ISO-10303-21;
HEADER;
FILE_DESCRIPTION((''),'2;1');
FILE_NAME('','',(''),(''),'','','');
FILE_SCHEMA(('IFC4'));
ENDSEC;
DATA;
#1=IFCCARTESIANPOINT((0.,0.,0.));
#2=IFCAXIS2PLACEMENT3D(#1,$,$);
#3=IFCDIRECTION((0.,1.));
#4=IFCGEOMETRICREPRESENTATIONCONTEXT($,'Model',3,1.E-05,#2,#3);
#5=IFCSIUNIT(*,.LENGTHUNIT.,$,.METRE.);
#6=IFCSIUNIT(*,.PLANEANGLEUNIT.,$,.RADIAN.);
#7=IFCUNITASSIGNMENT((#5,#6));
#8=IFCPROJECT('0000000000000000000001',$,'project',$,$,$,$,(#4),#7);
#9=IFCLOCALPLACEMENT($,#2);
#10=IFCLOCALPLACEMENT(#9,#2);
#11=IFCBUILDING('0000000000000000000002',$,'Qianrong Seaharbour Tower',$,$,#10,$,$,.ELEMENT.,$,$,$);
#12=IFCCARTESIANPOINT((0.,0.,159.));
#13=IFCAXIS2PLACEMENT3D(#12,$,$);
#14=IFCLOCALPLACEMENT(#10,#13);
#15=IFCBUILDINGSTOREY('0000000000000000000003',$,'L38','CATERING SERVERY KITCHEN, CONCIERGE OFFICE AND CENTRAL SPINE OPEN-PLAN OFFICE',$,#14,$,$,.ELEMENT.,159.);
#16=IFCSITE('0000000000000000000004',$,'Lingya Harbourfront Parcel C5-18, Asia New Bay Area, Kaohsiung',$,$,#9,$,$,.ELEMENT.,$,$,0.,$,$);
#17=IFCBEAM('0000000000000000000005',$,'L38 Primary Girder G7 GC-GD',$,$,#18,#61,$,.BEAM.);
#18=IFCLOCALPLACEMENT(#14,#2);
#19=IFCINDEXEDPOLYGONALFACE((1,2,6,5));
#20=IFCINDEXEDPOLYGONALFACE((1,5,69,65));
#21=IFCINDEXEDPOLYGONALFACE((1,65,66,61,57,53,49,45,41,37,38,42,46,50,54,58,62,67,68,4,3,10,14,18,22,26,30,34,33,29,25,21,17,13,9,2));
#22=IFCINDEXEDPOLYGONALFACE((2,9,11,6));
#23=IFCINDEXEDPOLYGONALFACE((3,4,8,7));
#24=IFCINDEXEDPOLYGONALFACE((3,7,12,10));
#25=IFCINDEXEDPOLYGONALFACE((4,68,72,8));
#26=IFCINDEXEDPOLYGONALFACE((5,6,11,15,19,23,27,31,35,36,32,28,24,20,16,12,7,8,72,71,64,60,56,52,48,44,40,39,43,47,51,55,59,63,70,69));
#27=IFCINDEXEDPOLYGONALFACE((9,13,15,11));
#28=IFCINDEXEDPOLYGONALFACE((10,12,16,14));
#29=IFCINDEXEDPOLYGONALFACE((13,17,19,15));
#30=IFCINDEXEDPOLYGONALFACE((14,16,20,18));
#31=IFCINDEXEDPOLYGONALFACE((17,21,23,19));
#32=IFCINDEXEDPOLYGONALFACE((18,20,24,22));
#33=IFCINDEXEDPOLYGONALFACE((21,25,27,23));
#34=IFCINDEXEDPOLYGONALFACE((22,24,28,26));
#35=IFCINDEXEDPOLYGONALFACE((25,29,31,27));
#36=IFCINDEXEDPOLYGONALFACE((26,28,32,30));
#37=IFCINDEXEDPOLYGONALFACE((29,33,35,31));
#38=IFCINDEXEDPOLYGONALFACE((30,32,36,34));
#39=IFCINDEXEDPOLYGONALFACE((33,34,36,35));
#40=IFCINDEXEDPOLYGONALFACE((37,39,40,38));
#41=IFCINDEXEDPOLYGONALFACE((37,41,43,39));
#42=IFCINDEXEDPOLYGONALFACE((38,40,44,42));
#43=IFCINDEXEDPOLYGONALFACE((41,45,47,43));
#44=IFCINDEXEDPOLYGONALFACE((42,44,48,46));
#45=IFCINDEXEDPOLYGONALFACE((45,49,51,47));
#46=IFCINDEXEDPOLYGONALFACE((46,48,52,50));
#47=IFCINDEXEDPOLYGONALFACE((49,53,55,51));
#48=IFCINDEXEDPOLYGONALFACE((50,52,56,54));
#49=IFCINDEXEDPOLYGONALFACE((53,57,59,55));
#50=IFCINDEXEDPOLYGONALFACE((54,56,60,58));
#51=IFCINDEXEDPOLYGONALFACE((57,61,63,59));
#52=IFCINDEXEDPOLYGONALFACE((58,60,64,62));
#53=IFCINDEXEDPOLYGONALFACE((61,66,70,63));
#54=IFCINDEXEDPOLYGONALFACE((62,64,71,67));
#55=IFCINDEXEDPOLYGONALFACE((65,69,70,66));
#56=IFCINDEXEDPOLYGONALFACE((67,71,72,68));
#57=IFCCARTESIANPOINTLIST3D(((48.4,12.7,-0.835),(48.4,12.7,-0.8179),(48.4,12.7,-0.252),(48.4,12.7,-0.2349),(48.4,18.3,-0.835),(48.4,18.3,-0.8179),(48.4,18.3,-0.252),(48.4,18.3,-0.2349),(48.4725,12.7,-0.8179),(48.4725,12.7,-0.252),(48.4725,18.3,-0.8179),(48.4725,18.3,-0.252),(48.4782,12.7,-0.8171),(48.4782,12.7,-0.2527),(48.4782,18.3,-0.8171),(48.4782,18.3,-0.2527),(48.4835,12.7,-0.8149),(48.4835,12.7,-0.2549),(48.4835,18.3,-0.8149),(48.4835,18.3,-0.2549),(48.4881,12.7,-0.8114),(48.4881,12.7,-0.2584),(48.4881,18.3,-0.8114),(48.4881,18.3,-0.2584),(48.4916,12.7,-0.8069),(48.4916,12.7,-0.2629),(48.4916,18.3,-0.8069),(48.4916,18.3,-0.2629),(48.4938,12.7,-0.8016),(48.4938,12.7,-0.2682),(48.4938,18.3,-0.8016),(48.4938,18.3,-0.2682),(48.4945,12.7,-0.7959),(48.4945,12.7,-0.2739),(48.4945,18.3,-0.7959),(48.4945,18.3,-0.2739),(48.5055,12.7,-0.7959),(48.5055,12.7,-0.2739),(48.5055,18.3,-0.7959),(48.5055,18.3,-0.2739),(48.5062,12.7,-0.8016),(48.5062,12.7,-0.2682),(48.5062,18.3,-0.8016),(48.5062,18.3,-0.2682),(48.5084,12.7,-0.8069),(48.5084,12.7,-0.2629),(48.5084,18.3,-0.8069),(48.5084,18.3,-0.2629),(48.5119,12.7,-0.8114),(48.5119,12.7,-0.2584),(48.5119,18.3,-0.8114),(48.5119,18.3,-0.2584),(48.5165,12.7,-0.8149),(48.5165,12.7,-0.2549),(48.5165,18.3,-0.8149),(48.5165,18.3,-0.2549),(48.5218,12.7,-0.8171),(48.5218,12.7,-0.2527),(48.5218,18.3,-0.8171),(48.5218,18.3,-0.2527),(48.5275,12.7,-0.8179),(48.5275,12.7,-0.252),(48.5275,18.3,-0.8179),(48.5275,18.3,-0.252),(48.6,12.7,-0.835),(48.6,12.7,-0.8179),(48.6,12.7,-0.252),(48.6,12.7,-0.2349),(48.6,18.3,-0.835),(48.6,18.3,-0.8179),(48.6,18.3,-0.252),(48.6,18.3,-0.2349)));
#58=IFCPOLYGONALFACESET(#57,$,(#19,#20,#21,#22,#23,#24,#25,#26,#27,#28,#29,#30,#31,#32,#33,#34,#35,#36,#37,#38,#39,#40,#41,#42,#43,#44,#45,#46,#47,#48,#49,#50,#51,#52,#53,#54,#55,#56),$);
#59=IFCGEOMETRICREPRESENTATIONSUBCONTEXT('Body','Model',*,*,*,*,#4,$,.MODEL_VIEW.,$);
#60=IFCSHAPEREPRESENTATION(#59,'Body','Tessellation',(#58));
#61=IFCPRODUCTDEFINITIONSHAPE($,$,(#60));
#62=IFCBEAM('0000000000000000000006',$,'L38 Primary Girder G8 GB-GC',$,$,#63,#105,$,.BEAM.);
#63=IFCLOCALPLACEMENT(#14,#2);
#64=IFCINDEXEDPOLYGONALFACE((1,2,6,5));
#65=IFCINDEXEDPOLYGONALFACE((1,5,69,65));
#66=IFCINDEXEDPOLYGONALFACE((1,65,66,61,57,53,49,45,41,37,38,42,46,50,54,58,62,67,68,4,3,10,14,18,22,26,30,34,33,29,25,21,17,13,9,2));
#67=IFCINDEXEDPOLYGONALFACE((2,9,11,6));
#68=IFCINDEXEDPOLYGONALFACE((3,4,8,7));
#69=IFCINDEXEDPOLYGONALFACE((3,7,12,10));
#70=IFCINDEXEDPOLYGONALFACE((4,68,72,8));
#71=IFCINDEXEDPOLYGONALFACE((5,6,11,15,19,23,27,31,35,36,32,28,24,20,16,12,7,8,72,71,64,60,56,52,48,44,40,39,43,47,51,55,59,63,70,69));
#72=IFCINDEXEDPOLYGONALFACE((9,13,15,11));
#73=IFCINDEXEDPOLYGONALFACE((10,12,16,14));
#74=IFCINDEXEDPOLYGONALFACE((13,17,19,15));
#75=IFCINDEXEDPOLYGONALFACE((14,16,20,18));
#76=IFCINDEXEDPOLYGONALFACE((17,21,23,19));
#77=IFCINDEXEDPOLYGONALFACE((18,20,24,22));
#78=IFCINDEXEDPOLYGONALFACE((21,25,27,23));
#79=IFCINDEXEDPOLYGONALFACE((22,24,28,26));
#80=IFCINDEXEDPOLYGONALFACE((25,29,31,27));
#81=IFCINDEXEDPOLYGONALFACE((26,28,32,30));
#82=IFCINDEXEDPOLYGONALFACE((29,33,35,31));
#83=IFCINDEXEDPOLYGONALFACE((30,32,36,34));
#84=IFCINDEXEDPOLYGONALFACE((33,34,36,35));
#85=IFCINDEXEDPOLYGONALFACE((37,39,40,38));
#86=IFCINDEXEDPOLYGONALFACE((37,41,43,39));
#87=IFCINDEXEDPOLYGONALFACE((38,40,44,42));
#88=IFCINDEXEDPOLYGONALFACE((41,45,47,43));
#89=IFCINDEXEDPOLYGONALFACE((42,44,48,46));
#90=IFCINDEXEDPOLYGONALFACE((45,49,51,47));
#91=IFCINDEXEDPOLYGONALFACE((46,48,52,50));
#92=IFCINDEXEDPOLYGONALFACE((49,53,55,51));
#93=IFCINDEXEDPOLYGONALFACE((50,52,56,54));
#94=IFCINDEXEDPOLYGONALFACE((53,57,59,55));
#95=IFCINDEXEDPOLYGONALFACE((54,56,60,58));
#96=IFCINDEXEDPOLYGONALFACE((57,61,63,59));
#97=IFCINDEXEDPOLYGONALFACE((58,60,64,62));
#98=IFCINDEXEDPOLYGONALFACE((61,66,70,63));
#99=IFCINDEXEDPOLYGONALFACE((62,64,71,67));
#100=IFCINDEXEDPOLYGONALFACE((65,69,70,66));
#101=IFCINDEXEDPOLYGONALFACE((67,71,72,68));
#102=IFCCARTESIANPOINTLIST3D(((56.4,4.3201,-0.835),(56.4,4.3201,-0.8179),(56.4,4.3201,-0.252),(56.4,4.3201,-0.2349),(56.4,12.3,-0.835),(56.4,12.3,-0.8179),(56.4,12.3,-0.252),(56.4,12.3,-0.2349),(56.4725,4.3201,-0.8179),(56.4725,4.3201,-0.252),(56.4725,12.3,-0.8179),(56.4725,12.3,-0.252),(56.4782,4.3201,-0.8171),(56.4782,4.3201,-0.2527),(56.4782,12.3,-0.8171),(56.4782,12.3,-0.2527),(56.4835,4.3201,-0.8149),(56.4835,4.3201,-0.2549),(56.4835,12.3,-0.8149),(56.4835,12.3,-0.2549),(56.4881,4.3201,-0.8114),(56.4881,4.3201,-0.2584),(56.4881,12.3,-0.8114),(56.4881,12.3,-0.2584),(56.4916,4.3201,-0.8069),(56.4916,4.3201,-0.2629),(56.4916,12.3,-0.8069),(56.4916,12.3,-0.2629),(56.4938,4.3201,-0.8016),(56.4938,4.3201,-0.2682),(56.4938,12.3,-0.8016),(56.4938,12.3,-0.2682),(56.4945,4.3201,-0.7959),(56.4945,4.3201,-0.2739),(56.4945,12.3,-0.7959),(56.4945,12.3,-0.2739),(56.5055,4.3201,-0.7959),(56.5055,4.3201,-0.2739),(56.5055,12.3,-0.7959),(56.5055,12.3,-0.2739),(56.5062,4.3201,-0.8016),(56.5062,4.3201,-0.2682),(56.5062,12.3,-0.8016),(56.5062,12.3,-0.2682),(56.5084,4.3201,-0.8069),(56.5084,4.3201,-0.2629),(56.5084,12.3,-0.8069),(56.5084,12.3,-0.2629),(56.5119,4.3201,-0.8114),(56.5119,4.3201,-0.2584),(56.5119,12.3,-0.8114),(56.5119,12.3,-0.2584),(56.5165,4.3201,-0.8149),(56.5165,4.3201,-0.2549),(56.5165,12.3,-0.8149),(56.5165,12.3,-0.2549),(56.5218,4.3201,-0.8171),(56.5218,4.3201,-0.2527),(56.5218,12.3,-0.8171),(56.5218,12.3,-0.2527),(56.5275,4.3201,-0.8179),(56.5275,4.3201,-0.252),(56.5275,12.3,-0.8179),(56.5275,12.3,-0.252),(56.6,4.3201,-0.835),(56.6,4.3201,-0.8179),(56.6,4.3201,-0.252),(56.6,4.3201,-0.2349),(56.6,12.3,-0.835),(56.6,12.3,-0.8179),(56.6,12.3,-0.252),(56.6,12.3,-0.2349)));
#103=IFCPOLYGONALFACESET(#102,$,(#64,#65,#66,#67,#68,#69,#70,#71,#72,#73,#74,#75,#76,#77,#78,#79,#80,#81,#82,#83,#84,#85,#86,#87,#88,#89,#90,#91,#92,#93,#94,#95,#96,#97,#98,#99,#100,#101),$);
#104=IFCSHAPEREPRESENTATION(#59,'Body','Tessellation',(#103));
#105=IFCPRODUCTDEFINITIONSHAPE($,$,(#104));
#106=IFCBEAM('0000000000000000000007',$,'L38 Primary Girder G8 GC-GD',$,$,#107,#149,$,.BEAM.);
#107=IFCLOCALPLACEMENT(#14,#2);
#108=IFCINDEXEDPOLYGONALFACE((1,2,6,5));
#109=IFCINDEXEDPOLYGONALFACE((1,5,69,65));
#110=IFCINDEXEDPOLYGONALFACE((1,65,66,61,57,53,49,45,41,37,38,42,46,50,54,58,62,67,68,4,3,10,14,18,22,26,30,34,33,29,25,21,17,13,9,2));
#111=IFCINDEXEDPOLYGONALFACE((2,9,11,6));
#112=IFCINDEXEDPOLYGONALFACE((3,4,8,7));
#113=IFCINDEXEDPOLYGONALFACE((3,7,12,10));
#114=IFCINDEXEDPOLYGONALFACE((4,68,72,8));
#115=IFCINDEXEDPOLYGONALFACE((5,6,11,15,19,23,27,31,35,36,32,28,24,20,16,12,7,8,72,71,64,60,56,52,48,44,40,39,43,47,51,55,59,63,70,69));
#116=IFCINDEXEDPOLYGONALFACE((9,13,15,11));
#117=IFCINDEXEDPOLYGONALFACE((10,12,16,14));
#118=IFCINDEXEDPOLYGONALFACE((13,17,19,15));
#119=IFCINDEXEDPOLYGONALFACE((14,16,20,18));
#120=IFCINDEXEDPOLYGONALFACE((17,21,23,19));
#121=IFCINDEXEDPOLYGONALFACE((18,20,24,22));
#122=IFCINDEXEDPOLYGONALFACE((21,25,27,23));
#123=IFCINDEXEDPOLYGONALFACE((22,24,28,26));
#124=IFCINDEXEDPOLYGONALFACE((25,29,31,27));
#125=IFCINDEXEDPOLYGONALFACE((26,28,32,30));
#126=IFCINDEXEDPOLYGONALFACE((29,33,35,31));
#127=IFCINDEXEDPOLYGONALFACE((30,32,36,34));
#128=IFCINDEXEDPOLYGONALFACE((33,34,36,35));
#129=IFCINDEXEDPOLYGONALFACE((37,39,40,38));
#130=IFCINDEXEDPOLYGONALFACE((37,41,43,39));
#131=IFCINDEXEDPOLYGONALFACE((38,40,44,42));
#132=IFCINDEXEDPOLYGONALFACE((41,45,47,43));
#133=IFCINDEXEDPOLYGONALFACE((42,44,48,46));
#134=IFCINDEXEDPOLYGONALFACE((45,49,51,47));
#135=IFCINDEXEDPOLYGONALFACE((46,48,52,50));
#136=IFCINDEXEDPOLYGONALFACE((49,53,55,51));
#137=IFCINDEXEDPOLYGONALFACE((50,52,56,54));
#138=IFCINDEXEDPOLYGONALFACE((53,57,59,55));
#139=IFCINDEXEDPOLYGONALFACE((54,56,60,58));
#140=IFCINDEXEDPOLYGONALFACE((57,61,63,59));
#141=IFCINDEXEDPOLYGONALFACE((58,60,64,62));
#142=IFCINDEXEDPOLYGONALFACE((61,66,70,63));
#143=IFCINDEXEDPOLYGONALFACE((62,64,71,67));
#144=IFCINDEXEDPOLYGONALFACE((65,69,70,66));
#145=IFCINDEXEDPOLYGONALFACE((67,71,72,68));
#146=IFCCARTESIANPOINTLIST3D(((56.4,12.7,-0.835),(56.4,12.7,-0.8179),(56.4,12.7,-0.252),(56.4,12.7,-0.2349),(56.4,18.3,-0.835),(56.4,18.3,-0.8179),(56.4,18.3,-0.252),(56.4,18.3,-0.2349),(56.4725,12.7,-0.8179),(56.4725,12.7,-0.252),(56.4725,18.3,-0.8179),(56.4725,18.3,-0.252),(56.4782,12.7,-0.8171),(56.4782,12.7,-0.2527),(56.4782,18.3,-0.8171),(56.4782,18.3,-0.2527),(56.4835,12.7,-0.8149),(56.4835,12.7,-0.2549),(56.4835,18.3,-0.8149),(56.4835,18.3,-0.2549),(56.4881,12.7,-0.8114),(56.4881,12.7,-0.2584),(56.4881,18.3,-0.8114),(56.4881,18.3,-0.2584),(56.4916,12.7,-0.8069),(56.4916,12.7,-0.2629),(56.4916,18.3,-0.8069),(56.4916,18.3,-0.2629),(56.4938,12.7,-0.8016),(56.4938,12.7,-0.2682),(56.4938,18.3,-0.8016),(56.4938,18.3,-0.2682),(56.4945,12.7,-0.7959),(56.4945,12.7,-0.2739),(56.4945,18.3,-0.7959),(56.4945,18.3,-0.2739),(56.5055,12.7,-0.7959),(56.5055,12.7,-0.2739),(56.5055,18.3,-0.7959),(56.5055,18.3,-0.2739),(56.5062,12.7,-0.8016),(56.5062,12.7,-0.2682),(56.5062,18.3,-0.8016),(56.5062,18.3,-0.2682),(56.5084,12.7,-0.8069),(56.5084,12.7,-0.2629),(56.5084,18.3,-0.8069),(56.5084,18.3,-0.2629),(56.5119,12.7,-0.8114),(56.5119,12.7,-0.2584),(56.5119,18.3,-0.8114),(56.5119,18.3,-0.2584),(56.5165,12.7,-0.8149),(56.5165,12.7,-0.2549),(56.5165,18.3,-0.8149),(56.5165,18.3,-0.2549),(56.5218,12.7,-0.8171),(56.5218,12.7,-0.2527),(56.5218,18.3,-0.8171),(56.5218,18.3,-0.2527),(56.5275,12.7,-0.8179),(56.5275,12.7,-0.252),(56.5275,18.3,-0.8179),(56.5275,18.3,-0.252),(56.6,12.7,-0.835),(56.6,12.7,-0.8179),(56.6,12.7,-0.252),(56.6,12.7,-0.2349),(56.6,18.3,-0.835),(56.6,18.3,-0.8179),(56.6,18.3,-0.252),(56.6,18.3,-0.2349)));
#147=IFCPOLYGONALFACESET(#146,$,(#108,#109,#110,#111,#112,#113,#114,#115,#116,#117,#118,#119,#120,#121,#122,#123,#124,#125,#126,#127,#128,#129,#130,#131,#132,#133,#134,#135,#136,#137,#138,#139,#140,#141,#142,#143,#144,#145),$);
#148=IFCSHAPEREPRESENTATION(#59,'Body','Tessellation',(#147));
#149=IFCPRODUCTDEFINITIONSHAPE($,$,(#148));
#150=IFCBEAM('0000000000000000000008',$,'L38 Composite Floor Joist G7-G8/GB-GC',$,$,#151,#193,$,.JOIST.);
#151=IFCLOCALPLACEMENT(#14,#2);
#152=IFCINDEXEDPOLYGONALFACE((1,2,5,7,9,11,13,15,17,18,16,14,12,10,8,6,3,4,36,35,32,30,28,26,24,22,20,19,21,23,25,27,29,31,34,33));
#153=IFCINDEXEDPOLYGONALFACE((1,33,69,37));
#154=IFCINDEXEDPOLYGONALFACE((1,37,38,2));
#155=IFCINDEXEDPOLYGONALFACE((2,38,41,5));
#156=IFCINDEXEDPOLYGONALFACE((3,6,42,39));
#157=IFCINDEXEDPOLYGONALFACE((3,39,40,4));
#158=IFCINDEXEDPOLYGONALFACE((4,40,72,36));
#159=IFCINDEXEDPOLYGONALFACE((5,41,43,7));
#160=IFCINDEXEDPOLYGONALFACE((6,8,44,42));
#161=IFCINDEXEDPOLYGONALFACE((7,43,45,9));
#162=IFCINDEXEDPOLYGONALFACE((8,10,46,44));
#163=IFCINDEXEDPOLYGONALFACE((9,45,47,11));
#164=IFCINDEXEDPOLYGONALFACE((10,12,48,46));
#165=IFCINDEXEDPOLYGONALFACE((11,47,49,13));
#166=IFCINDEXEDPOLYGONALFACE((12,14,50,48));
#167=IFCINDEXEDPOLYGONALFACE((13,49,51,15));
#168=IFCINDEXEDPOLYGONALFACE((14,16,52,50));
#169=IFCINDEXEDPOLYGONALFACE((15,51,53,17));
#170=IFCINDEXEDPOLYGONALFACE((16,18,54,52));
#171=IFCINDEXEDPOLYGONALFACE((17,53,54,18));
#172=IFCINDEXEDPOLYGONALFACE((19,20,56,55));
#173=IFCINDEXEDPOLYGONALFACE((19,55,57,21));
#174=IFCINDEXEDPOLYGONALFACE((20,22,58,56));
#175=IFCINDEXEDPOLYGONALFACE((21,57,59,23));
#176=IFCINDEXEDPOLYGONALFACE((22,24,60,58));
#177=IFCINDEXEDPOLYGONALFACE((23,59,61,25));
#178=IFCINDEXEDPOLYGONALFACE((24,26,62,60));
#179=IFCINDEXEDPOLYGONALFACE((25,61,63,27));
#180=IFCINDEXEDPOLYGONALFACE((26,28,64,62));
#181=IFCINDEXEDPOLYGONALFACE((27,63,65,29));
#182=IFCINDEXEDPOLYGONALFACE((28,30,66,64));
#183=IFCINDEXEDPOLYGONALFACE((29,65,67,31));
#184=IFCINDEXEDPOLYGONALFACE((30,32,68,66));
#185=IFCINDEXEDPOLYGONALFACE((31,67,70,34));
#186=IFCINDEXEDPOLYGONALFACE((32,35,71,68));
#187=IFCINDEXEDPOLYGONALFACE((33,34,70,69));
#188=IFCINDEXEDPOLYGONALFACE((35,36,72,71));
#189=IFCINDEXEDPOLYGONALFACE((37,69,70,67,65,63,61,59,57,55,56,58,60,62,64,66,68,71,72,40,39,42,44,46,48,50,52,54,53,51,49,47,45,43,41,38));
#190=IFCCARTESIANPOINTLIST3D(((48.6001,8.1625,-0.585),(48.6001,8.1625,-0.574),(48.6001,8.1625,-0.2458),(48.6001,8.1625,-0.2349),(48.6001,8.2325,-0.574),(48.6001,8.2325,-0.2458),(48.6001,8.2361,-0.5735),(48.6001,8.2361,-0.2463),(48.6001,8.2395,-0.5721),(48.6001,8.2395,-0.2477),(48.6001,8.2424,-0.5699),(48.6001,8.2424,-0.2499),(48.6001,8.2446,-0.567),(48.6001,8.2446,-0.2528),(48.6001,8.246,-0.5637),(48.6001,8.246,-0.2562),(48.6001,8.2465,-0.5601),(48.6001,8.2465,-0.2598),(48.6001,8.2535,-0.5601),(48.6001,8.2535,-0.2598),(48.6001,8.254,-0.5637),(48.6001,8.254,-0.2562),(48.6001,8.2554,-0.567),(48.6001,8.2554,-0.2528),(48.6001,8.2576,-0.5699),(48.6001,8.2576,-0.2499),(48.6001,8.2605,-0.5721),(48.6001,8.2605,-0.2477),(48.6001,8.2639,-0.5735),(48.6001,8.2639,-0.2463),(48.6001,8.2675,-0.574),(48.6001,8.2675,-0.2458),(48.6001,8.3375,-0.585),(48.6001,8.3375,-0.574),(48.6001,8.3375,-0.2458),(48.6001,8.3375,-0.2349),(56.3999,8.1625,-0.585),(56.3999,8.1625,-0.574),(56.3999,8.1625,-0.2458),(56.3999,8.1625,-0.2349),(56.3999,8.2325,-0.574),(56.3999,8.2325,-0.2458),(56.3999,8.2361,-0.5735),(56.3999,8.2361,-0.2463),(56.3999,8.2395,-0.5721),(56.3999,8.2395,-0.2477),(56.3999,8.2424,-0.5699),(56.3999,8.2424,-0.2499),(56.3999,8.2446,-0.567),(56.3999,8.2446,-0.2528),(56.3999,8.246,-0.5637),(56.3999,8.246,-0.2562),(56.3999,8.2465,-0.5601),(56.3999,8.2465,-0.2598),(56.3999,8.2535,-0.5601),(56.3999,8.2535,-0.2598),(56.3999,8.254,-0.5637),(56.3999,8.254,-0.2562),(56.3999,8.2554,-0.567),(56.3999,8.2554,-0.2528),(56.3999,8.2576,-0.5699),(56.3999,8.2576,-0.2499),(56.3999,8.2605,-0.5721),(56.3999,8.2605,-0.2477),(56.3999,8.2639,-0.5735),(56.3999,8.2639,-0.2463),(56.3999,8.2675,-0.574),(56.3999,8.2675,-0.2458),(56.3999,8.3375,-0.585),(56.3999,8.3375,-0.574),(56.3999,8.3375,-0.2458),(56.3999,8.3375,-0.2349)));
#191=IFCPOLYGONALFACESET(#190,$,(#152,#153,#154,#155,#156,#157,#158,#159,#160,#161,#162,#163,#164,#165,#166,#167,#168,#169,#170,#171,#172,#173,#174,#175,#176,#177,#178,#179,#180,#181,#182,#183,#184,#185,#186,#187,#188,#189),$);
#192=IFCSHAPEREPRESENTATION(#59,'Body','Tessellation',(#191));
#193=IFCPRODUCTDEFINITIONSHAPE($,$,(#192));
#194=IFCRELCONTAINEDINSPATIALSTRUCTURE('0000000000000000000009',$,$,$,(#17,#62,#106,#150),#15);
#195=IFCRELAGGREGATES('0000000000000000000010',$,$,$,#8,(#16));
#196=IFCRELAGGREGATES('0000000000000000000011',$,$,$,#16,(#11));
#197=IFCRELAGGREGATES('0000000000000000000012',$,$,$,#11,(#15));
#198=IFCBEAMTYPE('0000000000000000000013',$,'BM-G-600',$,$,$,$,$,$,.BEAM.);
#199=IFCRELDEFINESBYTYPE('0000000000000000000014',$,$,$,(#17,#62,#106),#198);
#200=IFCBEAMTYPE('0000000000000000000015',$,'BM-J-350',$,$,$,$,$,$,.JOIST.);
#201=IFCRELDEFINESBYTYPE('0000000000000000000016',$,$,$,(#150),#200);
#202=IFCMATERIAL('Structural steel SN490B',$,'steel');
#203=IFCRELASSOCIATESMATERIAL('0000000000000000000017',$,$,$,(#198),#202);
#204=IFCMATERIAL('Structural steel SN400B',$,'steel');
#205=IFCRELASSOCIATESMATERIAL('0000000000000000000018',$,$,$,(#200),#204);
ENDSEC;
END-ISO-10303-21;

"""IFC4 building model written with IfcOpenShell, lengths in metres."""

from ifc_helpers import new_model, si_unit, direction, frame, origin, origin_2d, place, context, subcontext, project, spatial, i_section, extrude, material, material_profile, profile_set, type_object, element, save


model = new_model("IFC4")

# Units and contexts
model_context = context("Model", 3, precision=1e-05, world=origin(), true_north=direction((0.0, 1.0)))
body_context = subcontext(model_context, "Body", "Model", "MODEL_VIEW")
ifc_project = project(units=[si_unit("LENGTHUNIT", "METRE"), si_unit("PLANEANGLEUNIT", "RADIAN")], contexts=[model_context])

# Site, building, storey
site_placement = place(None, origin())
site = spatial("IfcSite", under=ifc_project, at=site_placement, Name="Lingya Harbourfront Parcel C5-18, Asia New Bay Area, Kaohsiung", CompositionType="ELEMENT", RefElevation=0.0)
building_placement = place(site_placement, origin())
building = spatial("IfcBuilding", under=site, at=building_placement, Name="Qianrong Seaharbour Tower", CompositionType="ELEMENT")
storey_placement = place(building_placement, frame((0.0, 0.0, 159.0)))
storey = spatial("IfcBuildingStorey", under=building, at=storey_placement, Name="L38", Description="CATERING SERVERY KITCHEN, CONCIERGE OFFICE AND CENTRAL SPINE OPEN-PLAN OFFICE", CompositionType="ELEMENT", Elevation=159.0)

# Shared definitions
ifc_material_1 = material(Name="Structural steel SN490B", Category="steel")

# Beams
ifc_material_profile_1 = material_profile(ifc_material_1, i_section(OverallWidth=0.2, OverallDepth=0.6001, WebThickness=0.011, FlangeThickness=0.0171, FilletRadius=0.022, at=origin_2d()), Name="H600x200x11x17")
ifc_profile_set_1 = profile_set([ifc_material_profile_1], Name="Structural steel SN490B")
beam_type_1 = type_object("IfcBeamType", Name="BM-G-600", PredefinedType="BEAM", material=ifc_profile_set_1)
beam_1_placement = place(storey_placement, frame((48.5, 12.7, -0.5349), z_axis=(0.0, 1.0, 0.0), x_axis=(-1.0, 0.0, 0.0)))
element("IfcBeam", 1, at=beam_1_placement, inside=storey, type_object=beam_type_1, Name="L38 Primary Girder G7 GC-GD", PredefinedType="BEAM", context=body_context, shape_type="SweptSolid", body=[
    extrude(i_section(OverallWidth=0.2, OverallDepth=0.6001, WebThickness=0.011, FlangeThickness=0.0171, FilletRadius=0.022, at=origin_2d()), origin(), (0.0, 0.0, 1.0), 5.6001),
])
beam_2_placement = place(storey_placement, frame((56.5, 4.3201, -0.5349), z_axis=(0.0, 1.0, 0.0), x_axis=(-1.0, 0.0, 0.0)))
element("IfcBeam", 2, at=beam_2_placement, inside=storey, type_object=beam_type_1, Name="L38 Primary Girder G8 GB-GC", PredefinedType="BEAM", context=body_context, shape_type="SweptSolid", body=[
    extrude(i_section(OverallWidth=0.2, OverallDepth=0.6001, WebThickness=0.011, FlangeThickness=0.0171, FilletRadius=0.022, at=origin_2d()), origin(), (0.0, 0.0, 1.0), 7.98),
])
beam_3_placement = place(storey_placement, frame((56.5, 12.7, -0.5349), z_axis=(0.0, 1.0, 0.0), x_axis=(-1.0, 0.0, 0.0)))
element("IfcBeam", 3, at=beam_3_placement, inside=storey, type_object=beam_type_1, Name="L38 Primary Girder G8 GC-GD", PredefinedType="BEAM", context=body_context, shape_type="SweptSolid", body=[
    extrude(i_section(OverallWidth=0.2, OverallDepth=0.6001, WebThickness=0.011, FlangeThickness=0.0171, FilletRadius=0.022, at=origin_2d()), origin(), (0.0, 0.0, 1.0), 5.6001),
])
ifc_material_2 = material(Name="Structural steel SN400B", Category="steel")
ifc_material_profile_2 = material_profile(ifc_material_2, i_section(OverallWidth=0.175, OverallDepth=0.3501, WebThickness=0.0071, FlangeThickness=0.011, FilletRadius=0.0139, at=origin_2d()), Name="H350x175x7x11")
ifc_profile_set_2 = profile_set([ifc_material_profile_2], Name="Structural steel SN400B")
beam_type_2 = type_object("IfcBeamType", Name="BM-J-350", PredefinedType="JOIST", material=ifc_profile_set_2)
for number, where, z_axis, x_axis, name in (
    (4, (48.6001, 8.25, -0.4099), (1.0, 0.0, 0.0), (0.0, 1.0, 0.0), "L38 Composite Floor Joist G7-G8/GB-GC"),
):
    element("IfcBeam", number, at=place(storey_placement, frame(where, z_axis=z_axis, x_axis=x_axis)), inside=storey, type_object=beam_type_2, Name=name, PredefinedType="JOIST", context=body_context, shape_type="SweptSolid", body=[
        extrude(i_section(OverallWidth=0.175, OverallDepth=0.3501, WebThickness=0.0071, FlangeThickness=0.011, FilletRadius=0.0139, at=origin_2d()), origin(), (0.0, 0.0, 1.0), 7.7998),
    ])

save(model, "model.ifc")
